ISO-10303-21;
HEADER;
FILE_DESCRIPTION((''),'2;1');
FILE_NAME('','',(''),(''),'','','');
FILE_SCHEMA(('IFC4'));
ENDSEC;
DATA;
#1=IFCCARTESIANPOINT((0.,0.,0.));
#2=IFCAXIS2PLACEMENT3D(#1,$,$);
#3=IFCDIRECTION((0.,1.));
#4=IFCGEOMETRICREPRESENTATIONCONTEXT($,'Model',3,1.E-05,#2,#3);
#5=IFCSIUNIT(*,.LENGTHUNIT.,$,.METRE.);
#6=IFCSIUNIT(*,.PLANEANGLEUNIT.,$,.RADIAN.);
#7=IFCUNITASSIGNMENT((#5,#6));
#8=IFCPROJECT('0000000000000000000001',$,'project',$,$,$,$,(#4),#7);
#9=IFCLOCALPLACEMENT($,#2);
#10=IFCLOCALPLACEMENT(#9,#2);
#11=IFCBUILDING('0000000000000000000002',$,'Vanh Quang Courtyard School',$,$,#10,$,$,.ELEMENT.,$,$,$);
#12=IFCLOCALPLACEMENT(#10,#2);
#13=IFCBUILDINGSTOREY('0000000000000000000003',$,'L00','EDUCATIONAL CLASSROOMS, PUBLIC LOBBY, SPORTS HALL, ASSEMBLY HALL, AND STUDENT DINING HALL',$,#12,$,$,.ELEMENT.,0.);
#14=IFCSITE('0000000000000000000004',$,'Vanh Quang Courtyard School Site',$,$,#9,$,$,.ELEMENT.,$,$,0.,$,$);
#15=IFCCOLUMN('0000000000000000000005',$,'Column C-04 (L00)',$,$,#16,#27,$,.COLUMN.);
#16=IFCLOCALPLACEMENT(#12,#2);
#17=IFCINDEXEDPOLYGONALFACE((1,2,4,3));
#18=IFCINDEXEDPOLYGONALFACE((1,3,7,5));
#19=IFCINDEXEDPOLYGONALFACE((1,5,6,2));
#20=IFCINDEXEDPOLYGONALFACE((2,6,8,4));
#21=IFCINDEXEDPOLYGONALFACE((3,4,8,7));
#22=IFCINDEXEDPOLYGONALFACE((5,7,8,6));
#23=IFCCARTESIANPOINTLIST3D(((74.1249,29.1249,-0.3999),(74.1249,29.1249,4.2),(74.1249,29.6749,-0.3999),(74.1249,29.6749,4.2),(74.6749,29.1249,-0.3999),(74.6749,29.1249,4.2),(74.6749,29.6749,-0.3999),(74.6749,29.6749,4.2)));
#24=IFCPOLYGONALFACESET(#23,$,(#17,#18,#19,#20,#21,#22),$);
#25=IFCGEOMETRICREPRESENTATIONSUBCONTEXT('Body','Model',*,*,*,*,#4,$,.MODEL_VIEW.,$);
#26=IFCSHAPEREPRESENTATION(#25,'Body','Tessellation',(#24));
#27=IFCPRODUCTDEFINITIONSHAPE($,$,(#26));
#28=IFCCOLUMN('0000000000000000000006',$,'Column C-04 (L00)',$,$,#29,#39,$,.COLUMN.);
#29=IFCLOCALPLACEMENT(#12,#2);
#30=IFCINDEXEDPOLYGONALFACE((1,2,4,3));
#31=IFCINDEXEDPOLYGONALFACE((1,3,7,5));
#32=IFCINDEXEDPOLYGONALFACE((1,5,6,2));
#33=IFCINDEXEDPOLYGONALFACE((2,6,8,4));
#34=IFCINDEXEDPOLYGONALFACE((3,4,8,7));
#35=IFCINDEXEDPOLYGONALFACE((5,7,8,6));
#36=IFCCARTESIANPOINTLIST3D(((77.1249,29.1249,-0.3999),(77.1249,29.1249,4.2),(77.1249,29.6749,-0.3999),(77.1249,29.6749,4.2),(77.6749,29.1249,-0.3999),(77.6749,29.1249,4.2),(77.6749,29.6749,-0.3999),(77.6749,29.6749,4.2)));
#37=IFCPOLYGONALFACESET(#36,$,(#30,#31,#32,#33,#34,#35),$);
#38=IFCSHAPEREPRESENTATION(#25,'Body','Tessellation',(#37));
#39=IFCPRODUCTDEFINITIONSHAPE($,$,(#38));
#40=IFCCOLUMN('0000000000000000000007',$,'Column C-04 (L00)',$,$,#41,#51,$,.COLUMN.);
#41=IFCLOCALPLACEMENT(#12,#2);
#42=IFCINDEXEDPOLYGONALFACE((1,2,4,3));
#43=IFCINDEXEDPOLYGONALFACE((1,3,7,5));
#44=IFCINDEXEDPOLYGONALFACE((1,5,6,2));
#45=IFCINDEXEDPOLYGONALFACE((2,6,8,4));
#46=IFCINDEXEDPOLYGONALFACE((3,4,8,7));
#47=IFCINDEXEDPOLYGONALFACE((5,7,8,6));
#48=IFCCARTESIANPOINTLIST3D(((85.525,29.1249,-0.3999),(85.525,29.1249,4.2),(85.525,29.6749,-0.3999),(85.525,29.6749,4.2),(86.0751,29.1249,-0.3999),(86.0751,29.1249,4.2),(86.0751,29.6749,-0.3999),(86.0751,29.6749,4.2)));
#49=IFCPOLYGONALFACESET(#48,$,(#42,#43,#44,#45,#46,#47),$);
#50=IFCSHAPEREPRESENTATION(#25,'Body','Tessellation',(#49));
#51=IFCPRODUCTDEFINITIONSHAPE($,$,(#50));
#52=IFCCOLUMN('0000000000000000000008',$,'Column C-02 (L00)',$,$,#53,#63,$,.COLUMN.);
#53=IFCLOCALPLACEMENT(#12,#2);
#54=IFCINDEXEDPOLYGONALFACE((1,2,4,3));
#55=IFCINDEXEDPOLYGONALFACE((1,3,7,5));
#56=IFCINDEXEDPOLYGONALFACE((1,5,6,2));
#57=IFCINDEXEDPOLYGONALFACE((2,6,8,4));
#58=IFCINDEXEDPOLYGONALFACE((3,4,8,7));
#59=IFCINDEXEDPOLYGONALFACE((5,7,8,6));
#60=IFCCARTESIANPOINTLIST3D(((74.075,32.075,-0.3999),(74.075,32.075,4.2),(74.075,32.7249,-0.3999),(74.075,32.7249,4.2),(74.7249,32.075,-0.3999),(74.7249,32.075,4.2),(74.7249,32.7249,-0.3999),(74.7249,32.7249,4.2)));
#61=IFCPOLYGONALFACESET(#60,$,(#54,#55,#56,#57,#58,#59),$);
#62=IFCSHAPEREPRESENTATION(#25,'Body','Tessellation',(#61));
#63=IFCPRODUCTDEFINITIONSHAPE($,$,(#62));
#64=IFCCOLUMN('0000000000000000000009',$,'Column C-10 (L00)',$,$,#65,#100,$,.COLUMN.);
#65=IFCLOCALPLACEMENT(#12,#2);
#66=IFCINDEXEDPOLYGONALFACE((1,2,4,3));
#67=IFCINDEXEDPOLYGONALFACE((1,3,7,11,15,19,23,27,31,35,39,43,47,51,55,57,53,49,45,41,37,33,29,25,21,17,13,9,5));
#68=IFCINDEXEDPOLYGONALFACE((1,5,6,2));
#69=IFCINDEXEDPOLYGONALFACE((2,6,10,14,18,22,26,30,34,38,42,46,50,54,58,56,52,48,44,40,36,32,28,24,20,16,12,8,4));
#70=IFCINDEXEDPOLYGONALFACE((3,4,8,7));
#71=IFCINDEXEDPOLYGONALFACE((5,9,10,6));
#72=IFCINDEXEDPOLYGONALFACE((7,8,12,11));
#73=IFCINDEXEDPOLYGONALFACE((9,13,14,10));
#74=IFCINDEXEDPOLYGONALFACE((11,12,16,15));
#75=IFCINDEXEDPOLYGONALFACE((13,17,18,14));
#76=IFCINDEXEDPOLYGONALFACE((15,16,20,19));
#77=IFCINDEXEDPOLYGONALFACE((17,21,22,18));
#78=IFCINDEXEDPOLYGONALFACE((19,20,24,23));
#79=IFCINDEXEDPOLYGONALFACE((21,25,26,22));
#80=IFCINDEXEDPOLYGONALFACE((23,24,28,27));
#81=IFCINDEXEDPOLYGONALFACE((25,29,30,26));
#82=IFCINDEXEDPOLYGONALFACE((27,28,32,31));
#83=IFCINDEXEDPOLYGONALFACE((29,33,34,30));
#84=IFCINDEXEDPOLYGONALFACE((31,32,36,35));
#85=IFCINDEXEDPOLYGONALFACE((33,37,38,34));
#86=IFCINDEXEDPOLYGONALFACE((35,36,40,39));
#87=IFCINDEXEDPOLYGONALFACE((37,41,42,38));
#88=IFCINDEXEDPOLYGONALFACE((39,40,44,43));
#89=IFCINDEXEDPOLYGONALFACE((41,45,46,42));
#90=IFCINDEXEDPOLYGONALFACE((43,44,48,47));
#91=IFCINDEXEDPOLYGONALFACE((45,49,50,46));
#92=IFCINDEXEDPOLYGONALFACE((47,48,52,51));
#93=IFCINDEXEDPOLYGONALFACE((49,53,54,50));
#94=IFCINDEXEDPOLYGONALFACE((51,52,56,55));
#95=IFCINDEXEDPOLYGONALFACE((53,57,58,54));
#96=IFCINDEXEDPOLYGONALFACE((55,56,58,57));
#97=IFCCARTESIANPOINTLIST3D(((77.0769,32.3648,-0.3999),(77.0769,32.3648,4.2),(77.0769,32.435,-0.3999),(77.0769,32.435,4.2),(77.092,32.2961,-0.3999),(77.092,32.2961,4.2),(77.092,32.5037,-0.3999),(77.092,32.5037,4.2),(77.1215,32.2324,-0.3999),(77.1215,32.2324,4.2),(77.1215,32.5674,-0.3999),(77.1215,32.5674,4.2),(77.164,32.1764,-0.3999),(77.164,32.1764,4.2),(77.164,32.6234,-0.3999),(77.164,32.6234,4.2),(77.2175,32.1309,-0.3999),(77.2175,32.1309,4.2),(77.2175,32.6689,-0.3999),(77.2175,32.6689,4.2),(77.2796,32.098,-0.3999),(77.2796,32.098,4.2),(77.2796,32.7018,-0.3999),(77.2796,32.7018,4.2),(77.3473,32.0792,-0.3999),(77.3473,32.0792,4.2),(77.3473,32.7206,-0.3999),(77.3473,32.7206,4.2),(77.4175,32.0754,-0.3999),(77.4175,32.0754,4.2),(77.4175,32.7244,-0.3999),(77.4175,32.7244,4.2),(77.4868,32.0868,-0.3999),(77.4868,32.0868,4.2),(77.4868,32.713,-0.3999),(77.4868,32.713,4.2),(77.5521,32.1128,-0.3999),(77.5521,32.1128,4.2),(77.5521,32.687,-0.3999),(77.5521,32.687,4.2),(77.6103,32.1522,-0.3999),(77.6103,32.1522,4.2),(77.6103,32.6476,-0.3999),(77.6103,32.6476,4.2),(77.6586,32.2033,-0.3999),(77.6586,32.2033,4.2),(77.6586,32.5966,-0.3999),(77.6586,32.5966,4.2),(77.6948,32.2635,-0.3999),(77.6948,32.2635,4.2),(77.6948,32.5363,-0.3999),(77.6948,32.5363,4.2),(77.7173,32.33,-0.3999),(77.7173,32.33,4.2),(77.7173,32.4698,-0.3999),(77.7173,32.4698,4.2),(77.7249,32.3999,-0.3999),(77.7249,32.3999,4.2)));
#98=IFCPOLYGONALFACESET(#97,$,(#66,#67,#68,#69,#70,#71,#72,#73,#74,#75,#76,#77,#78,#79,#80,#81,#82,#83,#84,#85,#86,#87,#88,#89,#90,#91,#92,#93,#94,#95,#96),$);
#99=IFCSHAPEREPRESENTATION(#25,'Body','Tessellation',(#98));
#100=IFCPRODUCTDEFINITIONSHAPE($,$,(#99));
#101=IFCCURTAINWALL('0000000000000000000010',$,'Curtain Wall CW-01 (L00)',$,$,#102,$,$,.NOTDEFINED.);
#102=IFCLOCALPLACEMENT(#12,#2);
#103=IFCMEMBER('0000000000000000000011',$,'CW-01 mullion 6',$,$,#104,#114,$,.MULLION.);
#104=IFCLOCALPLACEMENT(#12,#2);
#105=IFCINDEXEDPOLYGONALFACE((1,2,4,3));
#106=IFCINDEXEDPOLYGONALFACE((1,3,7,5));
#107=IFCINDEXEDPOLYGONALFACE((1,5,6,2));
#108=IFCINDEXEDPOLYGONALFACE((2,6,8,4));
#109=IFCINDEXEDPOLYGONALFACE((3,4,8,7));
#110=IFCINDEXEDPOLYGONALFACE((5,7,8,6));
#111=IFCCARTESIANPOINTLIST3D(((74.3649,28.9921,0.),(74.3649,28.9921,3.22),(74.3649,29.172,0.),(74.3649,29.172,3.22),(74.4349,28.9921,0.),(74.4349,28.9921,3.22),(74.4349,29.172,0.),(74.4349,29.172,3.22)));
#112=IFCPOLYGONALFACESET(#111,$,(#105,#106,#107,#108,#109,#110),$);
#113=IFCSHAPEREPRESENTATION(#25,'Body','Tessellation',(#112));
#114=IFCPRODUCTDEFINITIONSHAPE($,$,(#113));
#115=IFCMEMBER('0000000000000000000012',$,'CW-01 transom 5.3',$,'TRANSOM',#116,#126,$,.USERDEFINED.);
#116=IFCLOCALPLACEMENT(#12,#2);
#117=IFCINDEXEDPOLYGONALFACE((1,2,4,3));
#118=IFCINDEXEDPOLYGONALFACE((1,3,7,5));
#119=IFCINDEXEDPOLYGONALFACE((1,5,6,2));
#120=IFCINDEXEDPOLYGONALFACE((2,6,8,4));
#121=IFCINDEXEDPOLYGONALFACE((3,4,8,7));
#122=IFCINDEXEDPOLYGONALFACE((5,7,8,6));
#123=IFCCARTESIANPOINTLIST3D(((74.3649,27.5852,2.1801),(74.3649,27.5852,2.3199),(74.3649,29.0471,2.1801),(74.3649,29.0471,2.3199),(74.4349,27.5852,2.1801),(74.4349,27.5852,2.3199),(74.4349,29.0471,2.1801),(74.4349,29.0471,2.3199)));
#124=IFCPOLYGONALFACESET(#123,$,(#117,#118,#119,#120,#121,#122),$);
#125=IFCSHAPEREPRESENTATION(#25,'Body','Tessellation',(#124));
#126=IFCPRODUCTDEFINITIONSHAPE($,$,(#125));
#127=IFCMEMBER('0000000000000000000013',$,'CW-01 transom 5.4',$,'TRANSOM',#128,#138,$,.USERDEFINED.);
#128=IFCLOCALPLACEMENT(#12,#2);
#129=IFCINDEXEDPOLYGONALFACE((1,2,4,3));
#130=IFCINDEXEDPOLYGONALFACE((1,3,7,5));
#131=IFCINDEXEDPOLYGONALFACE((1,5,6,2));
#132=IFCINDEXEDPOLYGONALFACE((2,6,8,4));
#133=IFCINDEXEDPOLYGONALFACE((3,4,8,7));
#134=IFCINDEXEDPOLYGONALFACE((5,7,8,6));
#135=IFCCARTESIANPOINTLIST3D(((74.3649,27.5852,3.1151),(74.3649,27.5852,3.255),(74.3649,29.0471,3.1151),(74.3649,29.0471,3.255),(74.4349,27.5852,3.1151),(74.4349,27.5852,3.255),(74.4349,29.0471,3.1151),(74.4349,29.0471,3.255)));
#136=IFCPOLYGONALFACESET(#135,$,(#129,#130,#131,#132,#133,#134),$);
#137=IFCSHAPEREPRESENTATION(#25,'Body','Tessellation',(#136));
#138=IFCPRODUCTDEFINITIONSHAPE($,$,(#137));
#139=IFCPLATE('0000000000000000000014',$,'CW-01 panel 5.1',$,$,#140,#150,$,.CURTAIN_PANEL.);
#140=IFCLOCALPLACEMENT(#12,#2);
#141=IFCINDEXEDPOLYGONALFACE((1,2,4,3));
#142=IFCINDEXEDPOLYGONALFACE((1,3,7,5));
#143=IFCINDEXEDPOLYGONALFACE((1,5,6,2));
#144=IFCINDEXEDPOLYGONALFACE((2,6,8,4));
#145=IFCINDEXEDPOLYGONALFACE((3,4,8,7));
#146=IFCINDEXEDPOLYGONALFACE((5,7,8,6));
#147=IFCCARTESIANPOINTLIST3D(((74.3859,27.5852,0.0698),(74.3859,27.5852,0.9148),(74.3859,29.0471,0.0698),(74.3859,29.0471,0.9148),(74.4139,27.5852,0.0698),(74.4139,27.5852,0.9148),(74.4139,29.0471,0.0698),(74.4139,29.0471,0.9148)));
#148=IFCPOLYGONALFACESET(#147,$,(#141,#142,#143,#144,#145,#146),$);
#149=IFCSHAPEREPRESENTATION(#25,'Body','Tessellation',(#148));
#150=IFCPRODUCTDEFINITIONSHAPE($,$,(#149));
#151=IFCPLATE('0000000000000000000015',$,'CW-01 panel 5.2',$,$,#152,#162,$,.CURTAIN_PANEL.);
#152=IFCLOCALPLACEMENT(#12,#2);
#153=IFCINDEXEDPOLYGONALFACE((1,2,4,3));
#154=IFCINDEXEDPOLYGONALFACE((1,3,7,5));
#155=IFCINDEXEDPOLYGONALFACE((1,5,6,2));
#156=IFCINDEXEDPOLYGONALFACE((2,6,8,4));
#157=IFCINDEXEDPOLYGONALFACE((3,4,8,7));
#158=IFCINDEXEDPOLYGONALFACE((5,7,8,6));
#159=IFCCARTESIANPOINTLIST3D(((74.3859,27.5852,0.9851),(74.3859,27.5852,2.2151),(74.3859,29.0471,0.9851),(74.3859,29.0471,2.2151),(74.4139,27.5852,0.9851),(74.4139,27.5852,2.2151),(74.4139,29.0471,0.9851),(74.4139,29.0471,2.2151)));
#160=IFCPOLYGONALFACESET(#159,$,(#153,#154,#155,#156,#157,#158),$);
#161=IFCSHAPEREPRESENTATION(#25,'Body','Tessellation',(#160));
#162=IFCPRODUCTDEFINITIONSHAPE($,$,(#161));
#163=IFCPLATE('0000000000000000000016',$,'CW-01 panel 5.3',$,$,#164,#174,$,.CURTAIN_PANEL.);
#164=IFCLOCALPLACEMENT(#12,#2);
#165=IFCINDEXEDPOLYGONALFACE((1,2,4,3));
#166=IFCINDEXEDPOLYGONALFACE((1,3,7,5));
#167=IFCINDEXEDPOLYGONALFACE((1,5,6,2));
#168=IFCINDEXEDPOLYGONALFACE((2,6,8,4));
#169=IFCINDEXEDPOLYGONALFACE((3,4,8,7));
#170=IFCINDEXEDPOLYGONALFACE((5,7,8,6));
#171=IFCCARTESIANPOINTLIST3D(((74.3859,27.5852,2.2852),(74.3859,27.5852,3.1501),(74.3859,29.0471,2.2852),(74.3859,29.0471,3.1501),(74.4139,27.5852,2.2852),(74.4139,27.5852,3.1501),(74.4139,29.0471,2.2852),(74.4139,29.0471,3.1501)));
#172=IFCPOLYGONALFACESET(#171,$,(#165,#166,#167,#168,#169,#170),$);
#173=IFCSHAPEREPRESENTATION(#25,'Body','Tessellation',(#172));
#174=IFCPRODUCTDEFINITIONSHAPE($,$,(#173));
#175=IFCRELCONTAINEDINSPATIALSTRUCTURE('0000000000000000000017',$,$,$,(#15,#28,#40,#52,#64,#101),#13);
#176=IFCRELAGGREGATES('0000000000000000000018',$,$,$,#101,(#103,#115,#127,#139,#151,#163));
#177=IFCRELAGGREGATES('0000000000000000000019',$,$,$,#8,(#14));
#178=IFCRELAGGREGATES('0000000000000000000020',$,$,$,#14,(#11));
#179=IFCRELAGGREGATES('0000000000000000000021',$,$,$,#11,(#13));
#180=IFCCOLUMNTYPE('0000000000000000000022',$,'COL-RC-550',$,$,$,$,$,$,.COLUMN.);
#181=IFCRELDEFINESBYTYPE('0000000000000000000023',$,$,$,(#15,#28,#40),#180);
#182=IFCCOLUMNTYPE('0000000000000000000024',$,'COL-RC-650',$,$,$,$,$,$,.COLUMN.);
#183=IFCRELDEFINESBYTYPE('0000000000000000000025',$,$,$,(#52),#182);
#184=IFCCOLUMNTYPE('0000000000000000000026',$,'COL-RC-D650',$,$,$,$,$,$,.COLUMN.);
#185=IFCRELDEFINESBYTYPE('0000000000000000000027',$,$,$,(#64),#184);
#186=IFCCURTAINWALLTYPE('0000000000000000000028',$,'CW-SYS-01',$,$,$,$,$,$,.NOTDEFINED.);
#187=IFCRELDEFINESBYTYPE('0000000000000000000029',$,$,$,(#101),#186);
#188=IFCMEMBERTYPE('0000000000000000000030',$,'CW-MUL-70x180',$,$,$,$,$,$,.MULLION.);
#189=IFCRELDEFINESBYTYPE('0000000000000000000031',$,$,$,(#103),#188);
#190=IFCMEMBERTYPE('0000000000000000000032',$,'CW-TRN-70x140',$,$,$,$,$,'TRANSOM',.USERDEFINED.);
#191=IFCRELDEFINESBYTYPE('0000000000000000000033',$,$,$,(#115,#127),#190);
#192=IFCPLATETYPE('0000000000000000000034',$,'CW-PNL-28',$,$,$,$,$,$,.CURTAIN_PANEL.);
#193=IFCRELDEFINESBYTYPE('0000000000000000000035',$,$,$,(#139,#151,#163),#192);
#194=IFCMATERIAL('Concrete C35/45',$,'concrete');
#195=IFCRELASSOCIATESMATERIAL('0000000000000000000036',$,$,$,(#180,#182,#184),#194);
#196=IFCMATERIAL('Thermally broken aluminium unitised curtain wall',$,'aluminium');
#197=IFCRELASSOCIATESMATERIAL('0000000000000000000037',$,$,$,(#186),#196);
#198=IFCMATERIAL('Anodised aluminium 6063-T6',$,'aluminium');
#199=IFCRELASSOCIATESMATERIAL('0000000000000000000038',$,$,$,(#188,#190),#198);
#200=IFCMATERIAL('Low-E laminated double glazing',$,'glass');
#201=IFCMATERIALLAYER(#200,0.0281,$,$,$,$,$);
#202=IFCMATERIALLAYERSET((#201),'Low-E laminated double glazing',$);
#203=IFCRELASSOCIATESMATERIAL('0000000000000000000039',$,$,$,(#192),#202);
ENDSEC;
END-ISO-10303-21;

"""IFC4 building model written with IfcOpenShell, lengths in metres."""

from ifc_helpers import new_model, si_unit, direction, frame, origin, origin_2d, place, context, subcontext, project, spatial, rectangle, circle, extrude, material, layer, layer_set, material_profile, profile_set, type_object, element, aggregate, save


model = new_model("IFC4")

# Units and contexts
model_context = context("Model", 3, precision=1e-05, world=origin(), true_north=direction((0.0, 1.0)))
body_context = subcontext(model_context, "Body", "Model", "MODEL_VIEW")
ifc_project = project(units=[si_unit("LENGTHUNIT", "METRE"), si_unit("PLANEANGLEUNIT", "RADIAN")], contexts=[model_context])

# Site, building, storey
site_placement = place(None, origin())
site = spatial("IfcSite", under=ifc_project, at=site_placement, Name="Vanh Quang Courtyard School Site", CompositionType="ELEMENT", RefElevation=0.0)
building_placement = place(site_placement, origin())
building = spatial("IfcBuilding", under=site, at=building_placement, Name="Vanh Quang Courtyard School", CompositionType="ELEMENT")
storey_placement = place(building_placement, origin())
storey = spatial("IfcBuildingStorey", under=building, at=storey_placement, Name="L00", Description="EDUCATIONAL CLASSROOMS, PUBLIC LOBBY, SPORTS HALL, ASSEMBLY HALL, AND STUDENT DINING HALL", CompositionType="ELEMENT", Elevation=0.0)

# Shared definitions
ifc_material_1 = material(Name="Concrete C35/45", Category="concrete")

# Columns
ifc_material_profile_1 = material_profile(ifc_material_1, rectangle(XDim=0.55, YDim=0.55, at=origin_2d()), Name="RC-COL 550x550")
ifc_profile_set_1 = profile_set([ifc_material_profile_1], Name="Concrete C35/45")
column_type_1 = type_object("IfcColumnType", Name="COL-RC-550", PredefinedType="COLUMN", material=ifc_profile_set_1)
for number, where, z_axis, x_axis, name in (
    (1, (74.3999, 29.3999, -0.3999), (0.0, 0.0, 1.0), (1.0, 0.0, 0.0), "Column C-04 (L00)"),
    (2, (77.3999, 29.3999, -0.3999), (0.0, 0.0, 1.0), (1.0, 0.0, 0.0), "Column C-04 (L00)"),
    (3, (85.8, 29.3999, -0.3999), (0.0, 0.0, 1.0), (1.0, 0.0, 0.0), "Column C-04 (L00)"),
):
    element("IfcColumn", number, at=place(storey_placement, frame(where, z_axis=z_axis, x_axis=x_axis)), inside=storey, type_object=column_type_1, Name=name, PredefinedType="COLUMN", context=body_context, shape_type="SweptSolid", body=[
        extrude(rectangle(XDim=0.55, YDim=0.55, at=origin_2d()), origin(), (0.0, 0.0, 1.0), 4.5999),
    ])
ifc_material_profile_2 = material_profile(ifc_material_1, rectangle(XDim=0.6499, YDim=0.6499, at=origin_2d()), Name="RC-COL 650x650")
ifc_profile_set_2 = profile_set([ifc_material_profile_2], Name="Concrete C35/45")
column_type_2 = type_object("IfcColumnType", Name="COL-RC-650", PredefinedType="COLUMN", material=ifc_profile_set_2)
column_1_placement = place(storey_placement, frame((74.3999, 32.3999, -0.3999), z_axis=(0.0, 0.0, 1.0), x_axis=(1.0, 0.0, 0.0)))
element("IfcColumn", 4, at=column_1_placement, inside=storey, type_object=column_type_2, Name="Column C-02 (L00)", PredefinedType="COLUMN", context=body_context, shape_type="SweptSolid", body=[
    extrude(rectangle(XDim=0.6499, YDim=0.6499, at=origin_2d()), origin(), (0.0, 0.0, 1.0), 4.5999),
])
ifc_material_profile_3 = material_profile(ifc_material_1, circle(Radius=0.325, at=origin_2d()), Name="RC-COL D650")
ifc_profile_set_3 = profile_set([ifc_material_profile_3], Name="Concrete C35/45")
column_type_3 = type_object("IfcColumnType", Name="COL-RC-D650", PredefinedType="COLUMN", material=ifc_profile_set_3)
column_2_placement = place(storey_placement, frame((77.3999, 32.3999, -0.3999), z_axis=(0.0, 0.0, 1.0), x_axis=(1.0, 0.0, 0.0)))
element("IfcColumn", 5, at=column_2_placement, inside=storey, type_object=column_type_3, Name="Column C-10 (L00)", PredefinedType="COLUMN", context=body_context, shape_type="SweptSolid", body=[
    extrude(circle(Radius=0.325, at=origin_2d()), origin(), (0.0, 0.0, 1.0), 4.5999),
])

# Curtain wall, members, plates
ifc_material_2 = material(Name="Thermally broken aluminium unitised curtain wall", Category="aluminium")
curtain_wall_type = type_object("IfcCurtainWallType", Name="CW-SYS-01", PredefinedType="NOTDEFINED", material=ifc_material_2)
curtain_wall_placement = place(storey_placement, origin())
curtain_wall = element("IfcCurtainWall", 6, at=curtain_wall_placement, inside=storey, type_object=curtain_wall_type, Name="Curtain Wall CW-01 (L00)", PredefinedType="NOTDEFINED")
ifc_material_3 = material(Name="Anodised aluminium 6063-T6", Category="aluminium")
ifc_material_profile_4 = material_profile(ifc_material_3, rectangle(XDim=0.0701, YDim=0.1799, at=origin_2d()), Name="ALU-MUL 70x180")
ifc_profile_set_4 = profile_set([ifc_material_profile_4], Name="Anodised aluminium 6063-T6")
member_type_1 = type_object("IfcMemberType", Name="CW-MUL-70x180", PredefinedType="MULLION", material=ifc_profile_set_4)
member_1_placement = place(storey_placement, frame((74.3999, 29.082, 0.0), z_axis=(0.0, 0.0, 1.0), x_axis=(-1.0, 0.0, 0.0)))
member_1 = element("IfcMember", 7, at=member_1_placement, type_object=member_type_1, Name="CW-01 mullion 6", PredefinedType="MULLION", context=body_context, shape_type="SweptSolid", body=[
    extrude(rectangle(XDim=0.0701, YDim=0.1799, at=origin_2d()), origin(), (0.0, 0.0, 1.0), 3.22),
])
ifc_material_profile_5 = material_profile(ifc_material_3, rectangle(XDim=0.0701, YDim=0.1399, at=origin_2d()), Name="ALU-TRN 70x140")
ifc_profile_set_5 = profile_set([ifc_material_profile_5], Name="Anodised aluminium 6063-T6")
member_type_2 = type_object("IfcMemberType", Name="CW-TRN-70x140", ElementType="TRANSOM", PredefinedType="USERDEFINED", material=ifc_profile_set_5)
member_2_placement = place(storey_placement, frame((74.3999, 27.5852, 2.25), z_axis=(0.0, 1.0, 0.0), x_axis=(-1.0, 0.0, 0.0)))
member_2 = element("IfcMember", 8, at=member_2_placement, type_object=member_type_2, Name="CW-01 transom 5.3", ObjectType="TRANSOM", PredefinedType="USERDEFINED", context=body_context, shape_type="SweptSolid", body=[
    extrude(rectangle(XDim=0.0701, YDim=0.1399, at=origin_2d()), origin(), (0.0, 0.0, 1.0), 1.4619),
])
member_3_placement = place(storey_placement, frame((74.3999, 27.5852, 3.1851), z_axis=(0.0, 1.0, 0.0), x_axis=(-1.0, 0.0, 0.0)))
member_3 = element("IfcMember", 9, at=member_3_placement, type_object=member_type_2, Name="CW-01 transom 5.4", ObjectType="TRANSOM", PredefinedType="USERDEFINED", context=body_context, shape_type="SweptSolid", body=[
    extrude(rectangle(XDim=0.0701, YDim=0.1399, at=origin_2d()), origin(), (0.0, 0.0, 1.0), 1.4619),
])
ifc_material_4 = material(Name="Low-E laminated double glazing", Category="glass")
ifc_layer_1 = layer(ifc_material_4, 0.0281)
ifc_layer_set_1 = layer_set([ifc_layer_1], Name="Low-E laminated double glazing")
plate_type = type_object("IfcPlateType", Name="CW-PNL-28", PredefinedType="CURTAIN_PANEL", material=ifc_layer_set_1)
plate_1_placement = place(storey_placement, frame((74.3999, 28.3162, 0.0698), z_axis=(0.0, 0.0, 1.0), x_axis=(0.0, 1.0, 0.0)))
plate_1 = element("IfcPlate", 10, at=plate_1_placement, type_object=plate_type, Name="CW-01 panel 5.1", PredefinedType="CURTAIN_PANEL", context=body_context, shape_type="SweptSolid", body=[
    extrude(rectangle(XDim=1.4619, YDim=0.0281, at=origin_2d()), origin(), (0.0, 0.0, 1.0), 0.845),
])
plate_2_placement = place(storey_placement, frame((74.3999, 28.3162, 0.9851), z_axis=(0.0, 0.0, 1.0), x_axis=(0.0, 1.0, 0.0)))
plate_2 = element("IfcPlate", 11, at=plate_2_placement, type_object=plate_type, Name="CW-01 panel 5.2", PredefinedType="CURTAIN_PANEL", context=body_context, shape_type="SweptSolid", body=[
    extrude(rectangle(XDim=1.4619, YDim=0.0281, at=origin_2d()), origin(), (0.0, 0.0, 1.0), 1.23),
])
plate_3_placement = place(storey_placement, frame((74.3999, 28.3162, 2.2852), z_axis=(0.0, 0.0, 1.0), x_axis=(0.0, 1.0, 0.0)))
plate_3 = element("IfcPlate", 12, at=plate_3_placement, type_object=plate_type, Name="CW-01 panel 5.3", PredefinedType="CURTAIN_PANEL", context=body_context, shape_type="SweptSolid", body=[
    extrude(rectangle(XDim=1.4619, YDim=0.0281, at=origin_2d()), origin(), (0.0, 0.0, 1.0), 0.865),
])
aggregate(curtain_wall, [member_1, member_2, member_3, plate_1, plate_2, plate_3])

save(model, "model.ifc")
